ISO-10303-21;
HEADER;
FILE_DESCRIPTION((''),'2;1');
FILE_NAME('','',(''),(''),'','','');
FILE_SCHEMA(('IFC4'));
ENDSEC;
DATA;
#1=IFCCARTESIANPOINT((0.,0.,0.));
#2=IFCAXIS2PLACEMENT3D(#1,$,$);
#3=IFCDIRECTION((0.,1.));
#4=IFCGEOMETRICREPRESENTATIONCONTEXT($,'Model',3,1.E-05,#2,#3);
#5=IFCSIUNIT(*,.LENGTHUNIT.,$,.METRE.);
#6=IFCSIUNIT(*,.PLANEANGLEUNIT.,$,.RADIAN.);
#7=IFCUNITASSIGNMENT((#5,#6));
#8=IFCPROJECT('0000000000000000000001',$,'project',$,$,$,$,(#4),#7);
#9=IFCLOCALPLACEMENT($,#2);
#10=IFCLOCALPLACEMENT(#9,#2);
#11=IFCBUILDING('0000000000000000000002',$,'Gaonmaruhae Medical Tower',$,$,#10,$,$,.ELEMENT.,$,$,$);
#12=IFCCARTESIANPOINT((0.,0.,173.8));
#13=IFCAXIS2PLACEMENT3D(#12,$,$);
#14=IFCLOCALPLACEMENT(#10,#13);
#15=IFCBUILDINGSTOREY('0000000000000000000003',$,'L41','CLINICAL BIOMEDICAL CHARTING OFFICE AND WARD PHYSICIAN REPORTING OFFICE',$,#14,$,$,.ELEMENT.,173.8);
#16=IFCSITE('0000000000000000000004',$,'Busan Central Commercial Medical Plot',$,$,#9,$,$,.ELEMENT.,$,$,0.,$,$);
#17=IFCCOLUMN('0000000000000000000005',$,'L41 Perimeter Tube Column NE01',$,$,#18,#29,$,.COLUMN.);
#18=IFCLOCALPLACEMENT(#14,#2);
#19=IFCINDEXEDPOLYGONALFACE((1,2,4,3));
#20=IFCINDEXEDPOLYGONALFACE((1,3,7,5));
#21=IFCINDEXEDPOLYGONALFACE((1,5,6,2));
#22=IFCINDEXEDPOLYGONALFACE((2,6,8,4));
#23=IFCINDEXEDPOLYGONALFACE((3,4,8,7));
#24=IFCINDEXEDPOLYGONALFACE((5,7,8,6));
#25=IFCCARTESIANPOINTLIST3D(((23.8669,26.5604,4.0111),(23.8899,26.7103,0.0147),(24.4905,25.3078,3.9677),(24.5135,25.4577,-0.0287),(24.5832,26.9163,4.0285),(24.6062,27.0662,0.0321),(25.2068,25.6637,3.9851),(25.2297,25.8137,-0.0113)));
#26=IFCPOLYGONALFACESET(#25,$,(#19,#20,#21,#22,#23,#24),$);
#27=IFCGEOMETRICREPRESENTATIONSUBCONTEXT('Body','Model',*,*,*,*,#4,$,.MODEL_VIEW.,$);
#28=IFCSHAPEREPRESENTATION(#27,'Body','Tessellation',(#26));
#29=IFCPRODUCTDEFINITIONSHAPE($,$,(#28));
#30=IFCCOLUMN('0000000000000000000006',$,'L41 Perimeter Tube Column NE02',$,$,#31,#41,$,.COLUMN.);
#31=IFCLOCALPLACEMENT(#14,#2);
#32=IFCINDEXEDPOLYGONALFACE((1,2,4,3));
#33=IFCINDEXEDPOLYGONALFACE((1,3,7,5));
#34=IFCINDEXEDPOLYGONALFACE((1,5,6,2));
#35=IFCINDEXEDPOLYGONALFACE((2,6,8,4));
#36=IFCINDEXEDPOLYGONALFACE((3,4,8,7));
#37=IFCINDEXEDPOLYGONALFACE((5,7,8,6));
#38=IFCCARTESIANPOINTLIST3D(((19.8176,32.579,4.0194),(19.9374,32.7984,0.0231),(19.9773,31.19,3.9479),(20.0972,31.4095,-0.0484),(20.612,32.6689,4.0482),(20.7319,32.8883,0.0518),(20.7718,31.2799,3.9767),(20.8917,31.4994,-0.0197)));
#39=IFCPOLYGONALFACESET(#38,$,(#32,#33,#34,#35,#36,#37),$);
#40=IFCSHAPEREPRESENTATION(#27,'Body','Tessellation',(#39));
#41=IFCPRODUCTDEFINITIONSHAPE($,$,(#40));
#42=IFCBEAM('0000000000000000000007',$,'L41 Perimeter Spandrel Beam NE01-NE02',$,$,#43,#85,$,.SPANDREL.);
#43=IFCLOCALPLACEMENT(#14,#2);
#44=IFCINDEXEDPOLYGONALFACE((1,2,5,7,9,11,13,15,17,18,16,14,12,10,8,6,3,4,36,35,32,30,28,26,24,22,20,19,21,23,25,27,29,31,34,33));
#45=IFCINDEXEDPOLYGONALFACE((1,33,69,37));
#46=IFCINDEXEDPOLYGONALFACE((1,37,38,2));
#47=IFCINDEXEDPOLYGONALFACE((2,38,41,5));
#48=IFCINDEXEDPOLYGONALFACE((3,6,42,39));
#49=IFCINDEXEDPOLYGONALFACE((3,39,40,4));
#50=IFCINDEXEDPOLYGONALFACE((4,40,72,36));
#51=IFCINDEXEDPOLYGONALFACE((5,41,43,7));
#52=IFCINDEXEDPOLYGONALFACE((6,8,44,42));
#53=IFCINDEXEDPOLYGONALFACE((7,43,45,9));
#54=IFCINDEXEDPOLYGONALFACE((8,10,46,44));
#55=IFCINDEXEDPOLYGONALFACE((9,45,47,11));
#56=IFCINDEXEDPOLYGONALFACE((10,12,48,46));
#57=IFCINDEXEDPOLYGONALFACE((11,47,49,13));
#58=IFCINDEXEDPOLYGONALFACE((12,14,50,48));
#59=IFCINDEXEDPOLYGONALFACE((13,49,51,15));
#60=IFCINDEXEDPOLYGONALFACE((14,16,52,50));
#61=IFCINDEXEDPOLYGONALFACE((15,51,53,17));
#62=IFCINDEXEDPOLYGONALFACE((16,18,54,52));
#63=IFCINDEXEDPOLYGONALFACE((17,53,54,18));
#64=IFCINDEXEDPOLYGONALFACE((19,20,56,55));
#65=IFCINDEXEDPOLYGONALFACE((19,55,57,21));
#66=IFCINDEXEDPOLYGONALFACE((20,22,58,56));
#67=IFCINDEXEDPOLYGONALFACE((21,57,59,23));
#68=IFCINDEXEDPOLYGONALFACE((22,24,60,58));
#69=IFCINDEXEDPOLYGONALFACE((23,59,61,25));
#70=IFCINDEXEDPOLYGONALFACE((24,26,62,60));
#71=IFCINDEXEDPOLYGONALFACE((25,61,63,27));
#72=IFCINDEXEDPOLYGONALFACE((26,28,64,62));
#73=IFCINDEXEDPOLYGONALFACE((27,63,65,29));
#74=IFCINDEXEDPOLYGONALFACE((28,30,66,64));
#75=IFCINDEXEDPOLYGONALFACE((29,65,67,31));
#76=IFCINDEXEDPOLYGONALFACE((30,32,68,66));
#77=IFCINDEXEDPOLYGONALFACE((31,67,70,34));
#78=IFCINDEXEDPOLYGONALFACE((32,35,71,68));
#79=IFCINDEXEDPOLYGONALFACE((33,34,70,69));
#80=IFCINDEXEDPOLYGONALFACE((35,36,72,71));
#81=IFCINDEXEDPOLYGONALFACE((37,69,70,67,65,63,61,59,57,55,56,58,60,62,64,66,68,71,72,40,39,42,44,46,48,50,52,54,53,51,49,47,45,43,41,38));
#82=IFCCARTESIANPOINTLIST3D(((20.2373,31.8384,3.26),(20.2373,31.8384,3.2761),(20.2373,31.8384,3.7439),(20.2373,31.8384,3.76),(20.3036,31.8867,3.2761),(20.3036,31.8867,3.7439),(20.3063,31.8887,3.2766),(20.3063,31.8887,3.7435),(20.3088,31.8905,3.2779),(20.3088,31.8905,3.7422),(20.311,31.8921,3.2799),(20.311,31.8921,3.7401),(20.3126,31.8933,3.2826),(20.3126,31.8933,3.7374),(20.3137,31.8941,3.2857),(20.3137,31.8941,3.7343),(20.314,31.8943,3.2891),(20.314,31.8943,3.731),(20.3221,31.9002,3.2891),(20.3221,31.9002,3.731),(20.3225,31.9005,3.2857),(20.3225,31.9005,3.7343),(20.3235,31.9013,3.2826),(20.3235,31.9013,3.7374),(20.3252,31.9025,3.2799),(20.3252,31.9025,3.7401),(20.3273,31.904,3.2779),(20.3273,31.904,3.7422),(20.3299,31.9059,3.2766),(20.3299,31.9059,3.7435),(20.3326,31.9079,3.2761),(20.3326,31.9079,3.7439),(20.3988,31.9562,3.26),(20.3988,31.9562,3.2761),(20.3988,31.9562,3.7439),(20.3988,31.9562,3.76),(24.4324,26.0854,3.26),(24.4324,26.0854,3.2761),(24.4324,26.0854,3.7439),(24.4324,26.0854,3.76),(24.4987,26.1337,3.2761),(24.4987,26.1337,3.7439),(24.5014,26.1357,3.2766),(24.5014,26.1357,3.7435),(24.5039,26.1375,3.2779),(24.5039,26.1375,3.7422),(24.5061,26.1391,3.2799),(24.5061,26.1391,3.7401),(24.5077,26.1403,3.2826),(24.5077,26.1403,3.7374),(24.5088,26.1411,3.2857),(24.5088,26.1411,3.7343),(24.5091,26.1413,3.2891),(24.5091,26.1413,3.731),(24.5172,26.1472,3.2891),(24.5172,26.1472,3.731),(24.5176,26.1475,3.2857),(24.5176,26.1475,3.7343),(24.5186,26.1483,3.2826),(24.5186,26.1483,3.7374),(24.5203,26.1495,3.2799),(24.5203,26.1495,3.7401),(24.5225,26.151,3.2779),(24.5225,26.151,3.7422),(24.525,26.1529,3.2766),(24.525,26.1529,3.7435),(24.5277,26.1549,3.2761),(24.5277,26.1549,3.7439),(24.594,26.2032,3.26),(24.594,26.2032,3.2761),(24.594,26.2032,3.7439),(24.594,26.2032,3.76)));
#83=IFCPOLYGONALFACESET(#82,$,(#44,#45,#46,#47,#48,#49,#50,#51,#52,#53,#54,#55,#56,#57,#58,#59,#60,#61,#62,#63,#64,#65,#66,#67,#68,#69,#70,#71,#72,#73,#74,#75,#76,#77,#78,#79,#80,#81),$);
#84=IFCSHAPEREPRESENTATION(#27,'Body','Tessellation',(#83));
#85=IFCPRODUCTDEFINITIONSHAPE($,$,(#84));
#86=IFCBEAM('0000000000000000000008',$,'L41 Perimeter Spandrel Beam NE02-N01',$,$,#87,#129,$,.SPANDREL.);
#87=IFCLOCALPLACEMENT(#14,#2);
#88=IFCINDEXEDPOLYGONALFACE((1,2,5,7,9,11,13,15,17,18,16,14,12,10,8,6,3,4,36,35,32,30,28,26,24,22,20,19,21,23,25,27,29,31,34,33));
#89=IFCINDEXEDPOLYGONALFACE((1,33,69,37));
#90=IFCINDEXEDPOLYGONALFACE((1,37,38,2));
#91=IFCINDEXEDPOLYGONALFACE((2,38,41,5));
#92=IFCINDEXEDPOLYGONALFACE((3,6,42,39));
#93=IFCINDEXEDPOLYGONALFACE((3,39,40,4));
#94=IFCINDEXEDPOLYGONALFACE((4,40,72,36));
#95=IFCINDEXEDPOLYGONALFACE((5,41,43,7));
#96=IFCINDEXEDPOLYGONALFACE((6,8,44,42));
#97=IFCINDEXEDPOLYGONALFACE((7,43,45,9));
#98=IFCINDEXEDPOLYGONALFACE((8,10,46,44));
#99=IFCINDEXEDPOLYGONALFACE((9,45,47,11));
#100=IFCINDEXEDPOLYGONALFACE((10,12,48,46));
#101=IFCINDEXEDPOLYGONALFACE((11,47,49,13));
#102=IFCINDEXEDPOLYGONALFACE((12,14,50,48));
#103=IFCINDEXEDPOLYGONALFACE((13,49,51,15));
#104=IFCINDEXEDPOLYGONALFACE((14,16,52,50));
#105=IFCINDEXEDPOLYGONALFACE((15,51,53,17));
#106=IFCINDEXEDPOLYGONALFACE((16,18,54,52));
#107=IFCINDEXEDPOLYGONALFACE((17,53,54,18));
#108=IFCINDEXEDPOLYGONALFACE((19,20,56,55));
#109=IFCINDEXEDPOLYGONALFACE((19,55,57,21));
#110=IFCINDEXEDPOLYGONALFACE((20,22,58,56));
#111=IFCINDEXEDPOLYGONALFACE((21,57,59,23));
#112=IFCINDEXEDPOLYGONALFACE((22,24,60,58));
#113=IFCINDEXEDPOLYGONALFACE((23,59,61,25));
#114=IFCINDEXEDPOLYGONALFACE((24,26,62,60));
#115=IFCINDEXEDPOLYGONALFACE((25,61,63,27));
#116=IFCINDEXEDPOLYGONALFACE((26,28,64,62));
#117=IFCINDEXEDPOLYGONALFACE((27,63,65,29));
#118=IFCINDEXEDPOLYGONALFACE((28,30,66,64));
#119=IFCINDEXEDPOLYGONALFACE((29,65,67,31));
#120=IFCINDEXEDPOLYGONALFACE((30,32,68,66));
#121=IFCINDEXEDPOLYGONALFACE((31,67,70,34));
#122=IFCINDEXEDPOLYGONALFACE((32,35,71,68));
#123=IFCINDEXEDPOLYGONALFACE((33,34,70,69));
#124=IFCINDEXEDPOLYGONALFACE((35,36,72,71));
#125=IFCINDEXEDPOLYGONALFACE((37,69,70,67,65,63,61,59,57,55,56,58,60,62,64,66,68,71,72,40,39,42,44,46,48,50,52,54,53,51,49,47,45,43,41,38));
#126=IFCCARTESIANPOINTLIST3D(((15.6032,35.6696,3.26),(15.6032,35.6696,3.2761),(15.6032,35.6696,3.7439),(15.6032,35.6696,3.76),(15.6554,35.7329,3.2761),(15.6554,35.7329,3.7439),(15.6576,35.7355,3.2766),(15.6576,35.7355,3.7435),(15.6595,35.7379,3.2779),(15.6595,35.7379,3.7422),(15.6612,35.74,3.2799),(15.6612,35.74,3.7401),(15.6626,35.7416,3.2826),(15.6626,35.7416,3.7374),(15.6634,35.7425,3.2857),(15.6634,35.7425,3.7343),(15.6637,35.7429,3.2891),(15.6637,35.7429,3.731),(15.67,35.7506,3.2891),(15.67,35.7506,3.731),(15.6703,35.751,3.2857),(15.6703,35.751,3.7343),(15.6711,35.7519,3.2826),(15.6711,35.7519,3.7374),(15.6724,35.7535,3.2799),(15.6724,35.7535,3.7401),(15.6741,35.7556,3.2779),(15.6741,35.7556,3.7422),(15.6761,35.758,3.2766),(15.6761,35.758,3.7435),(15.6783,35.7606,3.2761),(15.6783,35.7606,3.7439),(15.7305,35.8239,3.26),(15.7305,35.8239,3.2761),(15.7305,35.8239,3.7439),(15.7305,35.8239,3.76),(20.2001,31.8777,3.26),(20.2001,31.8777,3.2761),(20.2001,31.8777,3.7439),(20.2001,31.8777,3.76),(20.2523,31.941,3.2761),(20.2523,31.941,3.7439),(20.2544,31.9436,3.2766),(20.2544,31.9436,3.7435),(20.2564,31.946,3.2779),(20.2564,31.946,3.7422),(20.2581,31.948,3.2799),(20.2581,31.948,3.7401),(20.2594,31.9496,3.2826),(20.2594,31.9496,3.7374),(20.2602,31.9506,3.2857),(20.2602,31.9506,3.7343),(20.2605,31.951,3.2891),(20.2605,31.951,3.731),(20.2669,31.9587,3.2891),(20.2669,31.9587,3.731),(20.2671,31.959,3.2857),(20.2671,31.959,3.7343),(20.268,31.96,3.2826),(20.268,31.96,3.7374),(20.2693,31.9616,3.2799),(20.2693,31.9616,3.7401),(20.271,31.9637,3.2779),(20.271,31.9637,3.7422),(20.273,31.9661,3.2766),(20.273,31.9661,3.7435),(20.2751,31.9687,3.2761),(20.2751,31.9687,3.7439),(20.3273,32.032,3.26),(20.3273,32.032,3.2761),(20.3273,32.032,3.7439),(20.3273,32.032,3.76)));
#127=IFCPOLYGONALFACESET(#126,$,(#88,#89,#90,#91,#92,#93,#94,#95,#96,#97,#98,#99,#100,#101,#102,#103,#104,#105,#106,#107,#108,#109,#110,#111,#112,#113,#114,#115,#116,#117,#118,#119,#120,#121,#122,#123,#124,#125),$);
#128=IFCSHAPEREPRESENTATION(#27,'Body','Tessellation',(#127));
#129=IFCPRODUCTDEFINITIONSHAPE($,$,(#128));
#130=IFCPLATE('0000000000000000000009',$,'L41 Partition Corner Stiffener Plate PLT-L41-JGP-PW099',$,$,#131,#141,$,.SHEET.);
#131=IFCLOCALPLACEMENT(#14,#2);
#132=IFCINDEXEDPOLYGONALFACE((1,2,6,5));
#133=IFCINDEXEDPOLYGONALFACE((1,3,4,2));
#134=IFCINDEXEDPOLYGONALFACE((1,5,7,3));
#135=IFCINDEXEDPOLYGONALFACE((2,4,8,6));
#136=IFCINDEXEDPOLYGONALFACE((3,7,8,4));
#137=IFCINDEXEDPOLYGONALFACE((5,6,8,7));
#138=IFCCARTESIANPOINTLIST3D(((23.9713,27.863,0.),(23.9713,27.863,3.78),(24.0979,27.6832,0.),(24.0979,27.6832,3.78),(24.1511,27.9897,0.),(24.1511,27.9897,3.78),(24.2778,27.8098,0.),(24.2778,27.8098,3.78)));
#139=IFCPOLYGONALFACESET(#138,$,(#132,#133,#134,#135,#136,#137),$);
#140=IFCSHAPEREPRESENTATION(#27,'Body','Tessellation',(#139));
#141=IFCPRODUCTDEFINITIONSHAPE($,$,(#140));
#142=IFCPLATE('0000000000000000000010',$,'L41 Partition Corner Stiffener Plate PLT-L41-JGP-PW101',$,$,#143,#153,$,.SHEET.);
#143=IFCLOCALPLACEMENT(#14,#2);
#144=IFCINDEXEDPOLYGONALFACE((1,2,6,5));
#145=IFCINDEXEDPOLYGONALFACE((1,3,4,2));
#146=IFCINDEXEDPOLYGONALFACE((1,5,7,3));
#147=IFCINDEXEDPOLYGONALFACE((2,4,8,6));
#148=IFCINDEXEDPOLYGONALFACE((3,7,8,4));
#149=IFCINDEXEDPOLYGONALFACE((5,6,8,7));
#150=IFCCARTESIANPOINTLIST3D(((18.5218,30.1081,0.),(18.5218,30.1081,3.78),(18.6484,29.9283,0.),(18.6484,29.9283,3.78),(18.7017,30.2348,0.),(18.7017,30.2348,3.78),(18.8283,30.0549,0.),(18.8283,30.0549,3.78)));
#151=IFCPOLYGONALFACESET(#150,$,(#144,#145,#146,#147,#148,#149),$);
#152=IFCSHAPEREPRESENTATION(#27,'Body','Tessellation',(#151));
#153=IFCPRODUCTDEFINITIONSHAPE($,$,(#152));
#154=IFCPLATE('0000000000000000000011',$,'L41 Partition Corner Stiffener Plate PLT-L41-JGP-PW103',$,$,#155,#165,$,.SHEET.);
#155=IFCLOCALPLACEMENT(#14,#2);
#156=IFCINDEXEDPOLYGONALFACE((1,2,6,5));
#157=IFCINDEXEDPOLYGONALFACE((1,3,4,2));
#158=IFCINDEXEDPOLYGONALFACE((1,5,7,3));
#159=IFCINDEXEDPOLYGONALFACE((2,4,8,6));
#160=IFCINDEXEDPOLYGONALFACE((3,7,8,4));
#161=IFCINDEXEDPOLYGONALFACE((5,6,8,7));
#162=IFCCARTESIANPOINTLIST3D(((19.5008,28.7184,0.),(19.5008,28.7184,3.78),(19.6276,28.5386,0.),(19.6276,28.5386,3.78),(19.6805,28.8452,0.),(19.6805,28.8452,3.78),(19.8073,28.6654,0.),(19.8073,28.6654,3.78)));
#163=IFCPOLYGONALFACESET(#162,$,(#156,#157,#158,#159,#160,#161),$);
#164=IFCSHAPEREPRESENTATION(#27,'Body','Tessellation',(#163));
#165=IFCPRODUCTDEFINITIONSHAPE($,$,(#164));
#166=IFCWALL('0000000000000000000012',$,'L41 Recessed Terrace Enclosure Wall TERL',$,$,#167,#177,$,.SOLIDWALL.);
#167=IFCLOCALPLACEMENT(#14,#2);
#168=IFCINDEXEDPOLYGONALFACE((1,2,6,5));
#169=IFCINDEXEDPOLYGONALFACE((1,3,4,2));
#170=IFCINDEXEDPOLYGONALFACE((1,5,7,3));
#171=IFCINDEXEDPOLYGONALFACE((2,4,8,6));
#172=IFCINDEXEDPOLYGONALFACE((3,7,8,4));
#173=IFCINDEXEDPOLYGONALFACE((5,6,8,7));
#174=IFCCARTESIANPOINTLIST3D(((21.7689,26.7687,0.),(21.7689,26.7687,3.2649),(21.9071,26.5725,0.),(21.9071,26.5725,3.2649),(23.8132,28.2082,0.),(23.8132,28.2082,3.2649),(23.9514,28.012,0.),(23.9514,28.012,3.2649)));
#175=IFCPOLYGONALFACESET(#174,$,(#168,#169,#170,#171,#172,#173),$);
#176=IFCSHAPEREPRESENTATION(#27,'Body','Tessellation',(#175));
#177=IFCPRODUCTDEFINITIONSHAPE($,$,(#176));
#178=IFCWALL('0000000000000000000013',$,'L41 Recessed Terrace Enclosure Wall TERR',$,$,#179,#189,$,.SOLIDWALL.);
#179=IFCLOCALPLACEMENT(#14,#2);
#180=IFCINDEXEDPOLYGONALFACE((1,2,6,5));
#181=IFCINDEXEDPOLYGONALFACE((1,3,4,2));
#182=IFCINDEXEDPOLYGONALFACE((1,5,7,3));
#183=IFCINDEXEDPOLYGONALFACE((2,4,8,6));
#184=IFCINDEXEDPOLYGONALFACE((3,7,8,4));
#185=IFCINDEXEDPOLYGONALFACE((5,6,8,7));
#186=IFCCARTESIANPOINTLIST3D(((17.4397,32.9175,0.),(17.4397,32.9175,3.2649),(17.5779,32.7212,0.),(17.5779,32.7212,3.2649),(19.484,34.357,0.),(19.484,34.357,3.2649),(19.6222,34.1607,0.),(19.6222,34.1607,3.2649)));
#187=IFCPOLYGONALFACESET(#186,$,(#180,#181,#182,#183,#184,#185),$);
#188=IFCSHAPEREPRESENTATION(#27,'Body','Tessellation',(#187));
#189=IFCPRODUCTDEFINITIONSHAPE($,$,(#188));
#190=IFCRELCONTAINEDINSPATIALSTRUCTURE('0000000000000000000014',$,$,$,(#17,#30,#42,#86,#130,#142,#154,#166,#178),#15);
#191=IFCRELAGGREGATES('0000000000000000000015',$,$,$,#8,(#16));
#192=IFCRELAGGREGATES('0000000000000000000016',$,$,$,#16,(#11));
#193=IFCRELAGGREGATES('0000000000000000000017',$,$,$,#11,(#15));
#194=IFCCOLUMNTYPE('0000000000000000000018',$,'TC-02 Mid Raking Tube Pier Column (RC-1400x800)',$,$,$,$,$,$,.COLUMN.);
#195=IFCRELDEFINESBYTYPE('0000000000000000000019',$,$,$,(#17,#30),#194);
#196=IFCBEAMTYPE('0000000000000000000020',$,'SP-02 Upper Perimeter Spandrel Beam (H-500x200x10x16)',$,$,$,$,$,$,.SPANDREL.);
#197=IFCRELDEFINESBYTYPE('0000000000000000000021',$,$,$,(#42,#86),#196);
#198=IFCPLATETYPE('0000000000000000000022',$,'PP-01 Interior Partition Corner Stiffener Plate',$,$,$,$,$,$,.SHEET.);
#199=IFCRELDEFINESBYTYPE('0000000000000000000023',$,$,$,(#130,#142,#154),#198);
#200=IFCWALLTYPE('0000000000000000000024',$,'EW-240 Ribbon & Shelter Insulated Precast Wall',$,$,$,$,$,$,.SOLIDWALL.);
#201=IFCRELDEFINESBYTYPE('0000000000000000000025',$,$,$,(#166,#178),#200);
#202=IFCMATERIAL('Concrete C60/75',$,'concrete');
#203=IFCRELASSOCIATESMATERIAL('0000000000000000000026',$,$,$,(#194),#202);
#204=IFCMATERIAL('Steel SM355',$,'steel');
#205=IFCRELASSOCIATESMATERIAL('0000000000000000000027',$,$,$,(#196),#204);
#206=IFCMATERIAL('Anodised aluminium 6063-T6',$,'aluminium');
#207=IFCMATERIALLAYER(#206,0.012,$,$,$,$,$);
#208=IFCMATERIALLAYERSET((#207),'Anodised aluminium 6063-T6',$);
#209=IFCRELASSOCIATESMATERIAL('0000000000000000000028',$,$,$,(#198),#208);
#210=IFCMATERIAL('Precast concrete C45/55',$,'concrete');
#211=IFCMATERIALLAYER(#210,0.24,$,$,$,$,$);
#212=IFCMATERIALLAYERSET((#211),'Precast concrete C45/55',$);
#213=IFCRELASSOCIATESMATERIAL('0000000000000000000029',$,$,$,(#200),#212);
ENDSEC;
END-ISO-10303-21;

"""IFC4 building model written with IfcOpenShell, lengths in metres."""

from ifc_helpers import new_model, si_unit, direction, frame, frame_2d, origin, origin_2d, place, context, subcontext, project, spatial, rectangle, i_section, extrude, material, layer, layer_set, material_profile, profile_set, type_object, element, save


model = new_model("IFC4")

# Units and contexts
model_context = context("Model", 3, precision=1e-05, world=origin(), true_north=direction((0.0, 1.0)))
body_context = subcontext(model_context, "Body", "Model", "MODEL_VIEW")
ifc_project = project(units=[si_unit("LENGTHUNIT", "METRE"), si_unit("PLANEANGLEUNIT", "RADIAN")], contexts=[model_context])

# Site, building, storey
site_placement = place(None, origin())
site = spatial("IfcSite", under=ifc_project, at=site_placement, Name="Busan Central Commercial Medical Plot", CompositionType="ELEMENT", RefElevation=0.0)
building_placement = place(site_placement, origin())
building = spatial("IfcBuilding", under=site, at=building_placement, Name="Gaonmaruhae Medical Tower", CompositionType="ELEMENT")
storey_placement = place(building_placement, frame((0.0, 0.0, 173.8)))
storey = spatial("IfcBuildingStorey", under=building, at=storey_placement, Name="L41", Description="CLINICAL BIOMEDICAL CHARTING OFFICE AND WARD PHYSICIAN REPORTING OFFICE", CompositionType="ELEMENT", Elevation=173.8)

# Columns
ifc_material_1 = material(Name="Concrete C60/75", Category="concrete")
ifc_material_profile_1 = material_profile(ifc_material_1, rectangle(XDim=1.3999, YDim=0.8, at=origin_2d()), Name="RC-1400x800")
ifc_profile_set_1 = profile_set([ifc_material_profile_1], Name="Concrete C60/75")
column_type = type_object("IfcColumnType", Name="TC-02 Mid Raking Tube Pier Column (RC-1400x800)", PredefinedType="COLUMN", material=ifc_profile_set_1)
column_1_placement = place(storey_placement, frame((24.5598, 26.262, 0.0017), z_axis=(-0.005738, -0.037483, 0.999281), x_axis=(-0.445442, 0.894774, 0.031005)))
element("IfcColumn", 1, at=column_1_placement, inside=storey, type_object=column_type, Name="L41 Perimeter Tube Column NE01", PredefinedType="COLUMN", context=body_context, shape_type="SweptSolid", body=[
    extrude(rectangle(XDim=1.3999, YDim=0.8, at=origin_2d()), origin(), (0.0, 0.0, 1.0), 3.9993),
])
column_2_placement = place(storey_placement, frame((20.4146, 32.1489, 0.0017), z_axis=(-0.029937, -0.054814, 0.998048), x_axis=(-0.114112, 0.992155, 0.051067)))
element("IfcColumn", 2, at=column_2_placement, inside=storey, type_object=column_type, Name="L41 Perimeter Tube Column NE02", PredefinedType="COLUMN", context=body_context, shape_type="SweptSolid", body=[
    extrude(rectangle(XDim=1.3999, YDim=0.8, at=origin_2d()), origin(), (0.0, 0.0, 1.0), 4.0042),
])

# Beams
ifc_material_2 = material(Name="Steel SM355", Category="steel")
ifc_material_profile_2 = material_profile(ifc_material_2, i_section(OverallWidth=0.2, OverallDepth=0.5, WebThickness=0.01, FlangeThickness=0.0161, FilletRadius=0.0129, at=origin_2d()), Name="H-500x200x10x16")
ifc_profile_set_2 = profile_set([ifc_material_profile_2], Name="Steel SM355")
beam_type = type_object("IfcBeamType", Name="SP-02 Upper Perimeter Spandrel Beam (H-500x200x10x16)", PredefinedType="SPANDREL", material=ifc_profile_set_2)
beam_1_placement = place(storey_placement, frame((24.5132, 26.1443, 3.51), z_axis=(-0.589193, 0.807993, 0.0), x_axis=(-0.807993, -0.589193, 0.0)))
element("IfcBeam", 3, at=beam_1_placement, inside=storey, type_object=beam_type, Name="L41 Perimeter Spandrel Beam NE01-NE02", PredefinedType="SPANDREL", context=body_context, shape_type="SweptSolid", body=[
    extrude(i_section(OverallWidth=0.2, OverallDepth=0.5, WebThickness=0.01, FlangeThickness=0.0161, FilletRadius=0.0129, at=origin_2d()), origin(), (0.0, 0.0, 1.0), 7.1201),
])
beam_2_placement = place(storey_placement, frame((20.2637, 31.9548, 3.51), z_axis=(-0.771412, 0.636336, 0.0), x_axis=(-0.636336, -0.771412, 0.0)))
element("IfcBeam", 4, at=beam_2_placement, inside=storey, type_object=beam_type, Name="L41 Perimeter Spandrel Beam NE02-N01", PredefinedType="SPANDREL", context=body_context, shape_type="SweptSolid", body=[
    extrude(i_section(OverallWidth=0.2, OverallDepth=0.5, WebThickness=0.01, FlangeThickness=0.0161, FilletRadius=0.0129, at=origin_2d()), origin(), (0.0, 0.0, 1.0), 5.959),
])

# Plates
ifc_material_3 = material(Name="Anodised aluminium 6063-T6", Category="aluminium")
ifc_layer_1 = layer(ifc_material_3, 0.012)
ifc_layer_set_1 = layer_set([ifc_layer_1], Name="Anodised aluminium 6063-T6")
plate_type = type_object("IfcPlateType", Name="PP-01 Interior Partition Corner Stiffener Plate", PredefinedType="SHEET", material=ifc_layer_set_1)
for number, where, z_axis, x_axis, name in (
    (5, (24.1245, 27.8364, 0.0), (0.0, 0.0, 1.0), (0.575762, -0.817617, 0.0), "L41 Partition Corner Stiffener Plate PLT-L41-JGP-PW099"),
    (6, (18.675, 30.0815, 0.0), (0.0, 0.0, 1.0), (-0.817628, -0.575748, 0.0), "L41 Partition Corner Stiffener Plate PLT-L41-JGP-PW101"),
    (7, (19.6541, 28.6919, 0.0), (0.0, 0.0, 1.0), (0.817175, 0.57639, 0.0), "L41 Partition Corner Stiffener Plate PLT-L41-JGP-PW103"),
):
    element("IfcPlate", number, at=place(storey_placement, frame(where, z_axis=z_axis, x_axis=x_axis)), inside=storey, type_object=plate_type, Name=name, PredefinedType="SHEET", context=body_context, shape_type="SweptSolid", body=[
        extrude(rectangle(XDim=0.22, YDim=0.22, at=origin_2d()), origin(), (0.0, 0.0, 1.0), 3.78),
    ])

# Shared definitions
ifc_material_4 = material(Name="Precast concrete C45/55", Category="concrete")
ifc_layer_2 = layer(ifc_material_4, 0.24)
ifc_layer_set_2 = layer_set([ifc_layer_2], Name="Precast concrete C45/55")
wall_type_1 = type_object("IfcWallType", Name="EW-240 Ribbon & Shelter Insulated Precast Wall", PredefinedType="SOLIDWALL", material=ifc_layer_set_2)

# Walls
for number, where, z_axis, x_axis, name in (
    (8, (21.8381, 26.6707, 0.0), (0.0, 0.0, 1.0), (0.817628, 0.575747, 0.0), "L41 Recessed Terrace Enclosure Wall TERL"),
    (9, (19.553, 34.2588, 0.0), (0.0, 0.0, 1.0), (-0.817628, -0.575747, 0.0), "L41 Recessed Terrace Enclosure Wall TERR"),
):
    element("IfcWall", number, at=place(storey_placement, frame(where, z_axis=z_axis, x_axis=x_axis)), inside=storey, type_object=wall_type_1, Name=name, PredefinedType="SOLIDWALL", context=body_context, shape_type="SweptSolid", body=[
        extrude(rectangle(XDim=2.5002, YDim=0.24, at=frame_2d((1.25, 0.0))), origin(), (0.0, 0.0, 1.0), 3.2649),
    ])

save(model, "model.ifc")
